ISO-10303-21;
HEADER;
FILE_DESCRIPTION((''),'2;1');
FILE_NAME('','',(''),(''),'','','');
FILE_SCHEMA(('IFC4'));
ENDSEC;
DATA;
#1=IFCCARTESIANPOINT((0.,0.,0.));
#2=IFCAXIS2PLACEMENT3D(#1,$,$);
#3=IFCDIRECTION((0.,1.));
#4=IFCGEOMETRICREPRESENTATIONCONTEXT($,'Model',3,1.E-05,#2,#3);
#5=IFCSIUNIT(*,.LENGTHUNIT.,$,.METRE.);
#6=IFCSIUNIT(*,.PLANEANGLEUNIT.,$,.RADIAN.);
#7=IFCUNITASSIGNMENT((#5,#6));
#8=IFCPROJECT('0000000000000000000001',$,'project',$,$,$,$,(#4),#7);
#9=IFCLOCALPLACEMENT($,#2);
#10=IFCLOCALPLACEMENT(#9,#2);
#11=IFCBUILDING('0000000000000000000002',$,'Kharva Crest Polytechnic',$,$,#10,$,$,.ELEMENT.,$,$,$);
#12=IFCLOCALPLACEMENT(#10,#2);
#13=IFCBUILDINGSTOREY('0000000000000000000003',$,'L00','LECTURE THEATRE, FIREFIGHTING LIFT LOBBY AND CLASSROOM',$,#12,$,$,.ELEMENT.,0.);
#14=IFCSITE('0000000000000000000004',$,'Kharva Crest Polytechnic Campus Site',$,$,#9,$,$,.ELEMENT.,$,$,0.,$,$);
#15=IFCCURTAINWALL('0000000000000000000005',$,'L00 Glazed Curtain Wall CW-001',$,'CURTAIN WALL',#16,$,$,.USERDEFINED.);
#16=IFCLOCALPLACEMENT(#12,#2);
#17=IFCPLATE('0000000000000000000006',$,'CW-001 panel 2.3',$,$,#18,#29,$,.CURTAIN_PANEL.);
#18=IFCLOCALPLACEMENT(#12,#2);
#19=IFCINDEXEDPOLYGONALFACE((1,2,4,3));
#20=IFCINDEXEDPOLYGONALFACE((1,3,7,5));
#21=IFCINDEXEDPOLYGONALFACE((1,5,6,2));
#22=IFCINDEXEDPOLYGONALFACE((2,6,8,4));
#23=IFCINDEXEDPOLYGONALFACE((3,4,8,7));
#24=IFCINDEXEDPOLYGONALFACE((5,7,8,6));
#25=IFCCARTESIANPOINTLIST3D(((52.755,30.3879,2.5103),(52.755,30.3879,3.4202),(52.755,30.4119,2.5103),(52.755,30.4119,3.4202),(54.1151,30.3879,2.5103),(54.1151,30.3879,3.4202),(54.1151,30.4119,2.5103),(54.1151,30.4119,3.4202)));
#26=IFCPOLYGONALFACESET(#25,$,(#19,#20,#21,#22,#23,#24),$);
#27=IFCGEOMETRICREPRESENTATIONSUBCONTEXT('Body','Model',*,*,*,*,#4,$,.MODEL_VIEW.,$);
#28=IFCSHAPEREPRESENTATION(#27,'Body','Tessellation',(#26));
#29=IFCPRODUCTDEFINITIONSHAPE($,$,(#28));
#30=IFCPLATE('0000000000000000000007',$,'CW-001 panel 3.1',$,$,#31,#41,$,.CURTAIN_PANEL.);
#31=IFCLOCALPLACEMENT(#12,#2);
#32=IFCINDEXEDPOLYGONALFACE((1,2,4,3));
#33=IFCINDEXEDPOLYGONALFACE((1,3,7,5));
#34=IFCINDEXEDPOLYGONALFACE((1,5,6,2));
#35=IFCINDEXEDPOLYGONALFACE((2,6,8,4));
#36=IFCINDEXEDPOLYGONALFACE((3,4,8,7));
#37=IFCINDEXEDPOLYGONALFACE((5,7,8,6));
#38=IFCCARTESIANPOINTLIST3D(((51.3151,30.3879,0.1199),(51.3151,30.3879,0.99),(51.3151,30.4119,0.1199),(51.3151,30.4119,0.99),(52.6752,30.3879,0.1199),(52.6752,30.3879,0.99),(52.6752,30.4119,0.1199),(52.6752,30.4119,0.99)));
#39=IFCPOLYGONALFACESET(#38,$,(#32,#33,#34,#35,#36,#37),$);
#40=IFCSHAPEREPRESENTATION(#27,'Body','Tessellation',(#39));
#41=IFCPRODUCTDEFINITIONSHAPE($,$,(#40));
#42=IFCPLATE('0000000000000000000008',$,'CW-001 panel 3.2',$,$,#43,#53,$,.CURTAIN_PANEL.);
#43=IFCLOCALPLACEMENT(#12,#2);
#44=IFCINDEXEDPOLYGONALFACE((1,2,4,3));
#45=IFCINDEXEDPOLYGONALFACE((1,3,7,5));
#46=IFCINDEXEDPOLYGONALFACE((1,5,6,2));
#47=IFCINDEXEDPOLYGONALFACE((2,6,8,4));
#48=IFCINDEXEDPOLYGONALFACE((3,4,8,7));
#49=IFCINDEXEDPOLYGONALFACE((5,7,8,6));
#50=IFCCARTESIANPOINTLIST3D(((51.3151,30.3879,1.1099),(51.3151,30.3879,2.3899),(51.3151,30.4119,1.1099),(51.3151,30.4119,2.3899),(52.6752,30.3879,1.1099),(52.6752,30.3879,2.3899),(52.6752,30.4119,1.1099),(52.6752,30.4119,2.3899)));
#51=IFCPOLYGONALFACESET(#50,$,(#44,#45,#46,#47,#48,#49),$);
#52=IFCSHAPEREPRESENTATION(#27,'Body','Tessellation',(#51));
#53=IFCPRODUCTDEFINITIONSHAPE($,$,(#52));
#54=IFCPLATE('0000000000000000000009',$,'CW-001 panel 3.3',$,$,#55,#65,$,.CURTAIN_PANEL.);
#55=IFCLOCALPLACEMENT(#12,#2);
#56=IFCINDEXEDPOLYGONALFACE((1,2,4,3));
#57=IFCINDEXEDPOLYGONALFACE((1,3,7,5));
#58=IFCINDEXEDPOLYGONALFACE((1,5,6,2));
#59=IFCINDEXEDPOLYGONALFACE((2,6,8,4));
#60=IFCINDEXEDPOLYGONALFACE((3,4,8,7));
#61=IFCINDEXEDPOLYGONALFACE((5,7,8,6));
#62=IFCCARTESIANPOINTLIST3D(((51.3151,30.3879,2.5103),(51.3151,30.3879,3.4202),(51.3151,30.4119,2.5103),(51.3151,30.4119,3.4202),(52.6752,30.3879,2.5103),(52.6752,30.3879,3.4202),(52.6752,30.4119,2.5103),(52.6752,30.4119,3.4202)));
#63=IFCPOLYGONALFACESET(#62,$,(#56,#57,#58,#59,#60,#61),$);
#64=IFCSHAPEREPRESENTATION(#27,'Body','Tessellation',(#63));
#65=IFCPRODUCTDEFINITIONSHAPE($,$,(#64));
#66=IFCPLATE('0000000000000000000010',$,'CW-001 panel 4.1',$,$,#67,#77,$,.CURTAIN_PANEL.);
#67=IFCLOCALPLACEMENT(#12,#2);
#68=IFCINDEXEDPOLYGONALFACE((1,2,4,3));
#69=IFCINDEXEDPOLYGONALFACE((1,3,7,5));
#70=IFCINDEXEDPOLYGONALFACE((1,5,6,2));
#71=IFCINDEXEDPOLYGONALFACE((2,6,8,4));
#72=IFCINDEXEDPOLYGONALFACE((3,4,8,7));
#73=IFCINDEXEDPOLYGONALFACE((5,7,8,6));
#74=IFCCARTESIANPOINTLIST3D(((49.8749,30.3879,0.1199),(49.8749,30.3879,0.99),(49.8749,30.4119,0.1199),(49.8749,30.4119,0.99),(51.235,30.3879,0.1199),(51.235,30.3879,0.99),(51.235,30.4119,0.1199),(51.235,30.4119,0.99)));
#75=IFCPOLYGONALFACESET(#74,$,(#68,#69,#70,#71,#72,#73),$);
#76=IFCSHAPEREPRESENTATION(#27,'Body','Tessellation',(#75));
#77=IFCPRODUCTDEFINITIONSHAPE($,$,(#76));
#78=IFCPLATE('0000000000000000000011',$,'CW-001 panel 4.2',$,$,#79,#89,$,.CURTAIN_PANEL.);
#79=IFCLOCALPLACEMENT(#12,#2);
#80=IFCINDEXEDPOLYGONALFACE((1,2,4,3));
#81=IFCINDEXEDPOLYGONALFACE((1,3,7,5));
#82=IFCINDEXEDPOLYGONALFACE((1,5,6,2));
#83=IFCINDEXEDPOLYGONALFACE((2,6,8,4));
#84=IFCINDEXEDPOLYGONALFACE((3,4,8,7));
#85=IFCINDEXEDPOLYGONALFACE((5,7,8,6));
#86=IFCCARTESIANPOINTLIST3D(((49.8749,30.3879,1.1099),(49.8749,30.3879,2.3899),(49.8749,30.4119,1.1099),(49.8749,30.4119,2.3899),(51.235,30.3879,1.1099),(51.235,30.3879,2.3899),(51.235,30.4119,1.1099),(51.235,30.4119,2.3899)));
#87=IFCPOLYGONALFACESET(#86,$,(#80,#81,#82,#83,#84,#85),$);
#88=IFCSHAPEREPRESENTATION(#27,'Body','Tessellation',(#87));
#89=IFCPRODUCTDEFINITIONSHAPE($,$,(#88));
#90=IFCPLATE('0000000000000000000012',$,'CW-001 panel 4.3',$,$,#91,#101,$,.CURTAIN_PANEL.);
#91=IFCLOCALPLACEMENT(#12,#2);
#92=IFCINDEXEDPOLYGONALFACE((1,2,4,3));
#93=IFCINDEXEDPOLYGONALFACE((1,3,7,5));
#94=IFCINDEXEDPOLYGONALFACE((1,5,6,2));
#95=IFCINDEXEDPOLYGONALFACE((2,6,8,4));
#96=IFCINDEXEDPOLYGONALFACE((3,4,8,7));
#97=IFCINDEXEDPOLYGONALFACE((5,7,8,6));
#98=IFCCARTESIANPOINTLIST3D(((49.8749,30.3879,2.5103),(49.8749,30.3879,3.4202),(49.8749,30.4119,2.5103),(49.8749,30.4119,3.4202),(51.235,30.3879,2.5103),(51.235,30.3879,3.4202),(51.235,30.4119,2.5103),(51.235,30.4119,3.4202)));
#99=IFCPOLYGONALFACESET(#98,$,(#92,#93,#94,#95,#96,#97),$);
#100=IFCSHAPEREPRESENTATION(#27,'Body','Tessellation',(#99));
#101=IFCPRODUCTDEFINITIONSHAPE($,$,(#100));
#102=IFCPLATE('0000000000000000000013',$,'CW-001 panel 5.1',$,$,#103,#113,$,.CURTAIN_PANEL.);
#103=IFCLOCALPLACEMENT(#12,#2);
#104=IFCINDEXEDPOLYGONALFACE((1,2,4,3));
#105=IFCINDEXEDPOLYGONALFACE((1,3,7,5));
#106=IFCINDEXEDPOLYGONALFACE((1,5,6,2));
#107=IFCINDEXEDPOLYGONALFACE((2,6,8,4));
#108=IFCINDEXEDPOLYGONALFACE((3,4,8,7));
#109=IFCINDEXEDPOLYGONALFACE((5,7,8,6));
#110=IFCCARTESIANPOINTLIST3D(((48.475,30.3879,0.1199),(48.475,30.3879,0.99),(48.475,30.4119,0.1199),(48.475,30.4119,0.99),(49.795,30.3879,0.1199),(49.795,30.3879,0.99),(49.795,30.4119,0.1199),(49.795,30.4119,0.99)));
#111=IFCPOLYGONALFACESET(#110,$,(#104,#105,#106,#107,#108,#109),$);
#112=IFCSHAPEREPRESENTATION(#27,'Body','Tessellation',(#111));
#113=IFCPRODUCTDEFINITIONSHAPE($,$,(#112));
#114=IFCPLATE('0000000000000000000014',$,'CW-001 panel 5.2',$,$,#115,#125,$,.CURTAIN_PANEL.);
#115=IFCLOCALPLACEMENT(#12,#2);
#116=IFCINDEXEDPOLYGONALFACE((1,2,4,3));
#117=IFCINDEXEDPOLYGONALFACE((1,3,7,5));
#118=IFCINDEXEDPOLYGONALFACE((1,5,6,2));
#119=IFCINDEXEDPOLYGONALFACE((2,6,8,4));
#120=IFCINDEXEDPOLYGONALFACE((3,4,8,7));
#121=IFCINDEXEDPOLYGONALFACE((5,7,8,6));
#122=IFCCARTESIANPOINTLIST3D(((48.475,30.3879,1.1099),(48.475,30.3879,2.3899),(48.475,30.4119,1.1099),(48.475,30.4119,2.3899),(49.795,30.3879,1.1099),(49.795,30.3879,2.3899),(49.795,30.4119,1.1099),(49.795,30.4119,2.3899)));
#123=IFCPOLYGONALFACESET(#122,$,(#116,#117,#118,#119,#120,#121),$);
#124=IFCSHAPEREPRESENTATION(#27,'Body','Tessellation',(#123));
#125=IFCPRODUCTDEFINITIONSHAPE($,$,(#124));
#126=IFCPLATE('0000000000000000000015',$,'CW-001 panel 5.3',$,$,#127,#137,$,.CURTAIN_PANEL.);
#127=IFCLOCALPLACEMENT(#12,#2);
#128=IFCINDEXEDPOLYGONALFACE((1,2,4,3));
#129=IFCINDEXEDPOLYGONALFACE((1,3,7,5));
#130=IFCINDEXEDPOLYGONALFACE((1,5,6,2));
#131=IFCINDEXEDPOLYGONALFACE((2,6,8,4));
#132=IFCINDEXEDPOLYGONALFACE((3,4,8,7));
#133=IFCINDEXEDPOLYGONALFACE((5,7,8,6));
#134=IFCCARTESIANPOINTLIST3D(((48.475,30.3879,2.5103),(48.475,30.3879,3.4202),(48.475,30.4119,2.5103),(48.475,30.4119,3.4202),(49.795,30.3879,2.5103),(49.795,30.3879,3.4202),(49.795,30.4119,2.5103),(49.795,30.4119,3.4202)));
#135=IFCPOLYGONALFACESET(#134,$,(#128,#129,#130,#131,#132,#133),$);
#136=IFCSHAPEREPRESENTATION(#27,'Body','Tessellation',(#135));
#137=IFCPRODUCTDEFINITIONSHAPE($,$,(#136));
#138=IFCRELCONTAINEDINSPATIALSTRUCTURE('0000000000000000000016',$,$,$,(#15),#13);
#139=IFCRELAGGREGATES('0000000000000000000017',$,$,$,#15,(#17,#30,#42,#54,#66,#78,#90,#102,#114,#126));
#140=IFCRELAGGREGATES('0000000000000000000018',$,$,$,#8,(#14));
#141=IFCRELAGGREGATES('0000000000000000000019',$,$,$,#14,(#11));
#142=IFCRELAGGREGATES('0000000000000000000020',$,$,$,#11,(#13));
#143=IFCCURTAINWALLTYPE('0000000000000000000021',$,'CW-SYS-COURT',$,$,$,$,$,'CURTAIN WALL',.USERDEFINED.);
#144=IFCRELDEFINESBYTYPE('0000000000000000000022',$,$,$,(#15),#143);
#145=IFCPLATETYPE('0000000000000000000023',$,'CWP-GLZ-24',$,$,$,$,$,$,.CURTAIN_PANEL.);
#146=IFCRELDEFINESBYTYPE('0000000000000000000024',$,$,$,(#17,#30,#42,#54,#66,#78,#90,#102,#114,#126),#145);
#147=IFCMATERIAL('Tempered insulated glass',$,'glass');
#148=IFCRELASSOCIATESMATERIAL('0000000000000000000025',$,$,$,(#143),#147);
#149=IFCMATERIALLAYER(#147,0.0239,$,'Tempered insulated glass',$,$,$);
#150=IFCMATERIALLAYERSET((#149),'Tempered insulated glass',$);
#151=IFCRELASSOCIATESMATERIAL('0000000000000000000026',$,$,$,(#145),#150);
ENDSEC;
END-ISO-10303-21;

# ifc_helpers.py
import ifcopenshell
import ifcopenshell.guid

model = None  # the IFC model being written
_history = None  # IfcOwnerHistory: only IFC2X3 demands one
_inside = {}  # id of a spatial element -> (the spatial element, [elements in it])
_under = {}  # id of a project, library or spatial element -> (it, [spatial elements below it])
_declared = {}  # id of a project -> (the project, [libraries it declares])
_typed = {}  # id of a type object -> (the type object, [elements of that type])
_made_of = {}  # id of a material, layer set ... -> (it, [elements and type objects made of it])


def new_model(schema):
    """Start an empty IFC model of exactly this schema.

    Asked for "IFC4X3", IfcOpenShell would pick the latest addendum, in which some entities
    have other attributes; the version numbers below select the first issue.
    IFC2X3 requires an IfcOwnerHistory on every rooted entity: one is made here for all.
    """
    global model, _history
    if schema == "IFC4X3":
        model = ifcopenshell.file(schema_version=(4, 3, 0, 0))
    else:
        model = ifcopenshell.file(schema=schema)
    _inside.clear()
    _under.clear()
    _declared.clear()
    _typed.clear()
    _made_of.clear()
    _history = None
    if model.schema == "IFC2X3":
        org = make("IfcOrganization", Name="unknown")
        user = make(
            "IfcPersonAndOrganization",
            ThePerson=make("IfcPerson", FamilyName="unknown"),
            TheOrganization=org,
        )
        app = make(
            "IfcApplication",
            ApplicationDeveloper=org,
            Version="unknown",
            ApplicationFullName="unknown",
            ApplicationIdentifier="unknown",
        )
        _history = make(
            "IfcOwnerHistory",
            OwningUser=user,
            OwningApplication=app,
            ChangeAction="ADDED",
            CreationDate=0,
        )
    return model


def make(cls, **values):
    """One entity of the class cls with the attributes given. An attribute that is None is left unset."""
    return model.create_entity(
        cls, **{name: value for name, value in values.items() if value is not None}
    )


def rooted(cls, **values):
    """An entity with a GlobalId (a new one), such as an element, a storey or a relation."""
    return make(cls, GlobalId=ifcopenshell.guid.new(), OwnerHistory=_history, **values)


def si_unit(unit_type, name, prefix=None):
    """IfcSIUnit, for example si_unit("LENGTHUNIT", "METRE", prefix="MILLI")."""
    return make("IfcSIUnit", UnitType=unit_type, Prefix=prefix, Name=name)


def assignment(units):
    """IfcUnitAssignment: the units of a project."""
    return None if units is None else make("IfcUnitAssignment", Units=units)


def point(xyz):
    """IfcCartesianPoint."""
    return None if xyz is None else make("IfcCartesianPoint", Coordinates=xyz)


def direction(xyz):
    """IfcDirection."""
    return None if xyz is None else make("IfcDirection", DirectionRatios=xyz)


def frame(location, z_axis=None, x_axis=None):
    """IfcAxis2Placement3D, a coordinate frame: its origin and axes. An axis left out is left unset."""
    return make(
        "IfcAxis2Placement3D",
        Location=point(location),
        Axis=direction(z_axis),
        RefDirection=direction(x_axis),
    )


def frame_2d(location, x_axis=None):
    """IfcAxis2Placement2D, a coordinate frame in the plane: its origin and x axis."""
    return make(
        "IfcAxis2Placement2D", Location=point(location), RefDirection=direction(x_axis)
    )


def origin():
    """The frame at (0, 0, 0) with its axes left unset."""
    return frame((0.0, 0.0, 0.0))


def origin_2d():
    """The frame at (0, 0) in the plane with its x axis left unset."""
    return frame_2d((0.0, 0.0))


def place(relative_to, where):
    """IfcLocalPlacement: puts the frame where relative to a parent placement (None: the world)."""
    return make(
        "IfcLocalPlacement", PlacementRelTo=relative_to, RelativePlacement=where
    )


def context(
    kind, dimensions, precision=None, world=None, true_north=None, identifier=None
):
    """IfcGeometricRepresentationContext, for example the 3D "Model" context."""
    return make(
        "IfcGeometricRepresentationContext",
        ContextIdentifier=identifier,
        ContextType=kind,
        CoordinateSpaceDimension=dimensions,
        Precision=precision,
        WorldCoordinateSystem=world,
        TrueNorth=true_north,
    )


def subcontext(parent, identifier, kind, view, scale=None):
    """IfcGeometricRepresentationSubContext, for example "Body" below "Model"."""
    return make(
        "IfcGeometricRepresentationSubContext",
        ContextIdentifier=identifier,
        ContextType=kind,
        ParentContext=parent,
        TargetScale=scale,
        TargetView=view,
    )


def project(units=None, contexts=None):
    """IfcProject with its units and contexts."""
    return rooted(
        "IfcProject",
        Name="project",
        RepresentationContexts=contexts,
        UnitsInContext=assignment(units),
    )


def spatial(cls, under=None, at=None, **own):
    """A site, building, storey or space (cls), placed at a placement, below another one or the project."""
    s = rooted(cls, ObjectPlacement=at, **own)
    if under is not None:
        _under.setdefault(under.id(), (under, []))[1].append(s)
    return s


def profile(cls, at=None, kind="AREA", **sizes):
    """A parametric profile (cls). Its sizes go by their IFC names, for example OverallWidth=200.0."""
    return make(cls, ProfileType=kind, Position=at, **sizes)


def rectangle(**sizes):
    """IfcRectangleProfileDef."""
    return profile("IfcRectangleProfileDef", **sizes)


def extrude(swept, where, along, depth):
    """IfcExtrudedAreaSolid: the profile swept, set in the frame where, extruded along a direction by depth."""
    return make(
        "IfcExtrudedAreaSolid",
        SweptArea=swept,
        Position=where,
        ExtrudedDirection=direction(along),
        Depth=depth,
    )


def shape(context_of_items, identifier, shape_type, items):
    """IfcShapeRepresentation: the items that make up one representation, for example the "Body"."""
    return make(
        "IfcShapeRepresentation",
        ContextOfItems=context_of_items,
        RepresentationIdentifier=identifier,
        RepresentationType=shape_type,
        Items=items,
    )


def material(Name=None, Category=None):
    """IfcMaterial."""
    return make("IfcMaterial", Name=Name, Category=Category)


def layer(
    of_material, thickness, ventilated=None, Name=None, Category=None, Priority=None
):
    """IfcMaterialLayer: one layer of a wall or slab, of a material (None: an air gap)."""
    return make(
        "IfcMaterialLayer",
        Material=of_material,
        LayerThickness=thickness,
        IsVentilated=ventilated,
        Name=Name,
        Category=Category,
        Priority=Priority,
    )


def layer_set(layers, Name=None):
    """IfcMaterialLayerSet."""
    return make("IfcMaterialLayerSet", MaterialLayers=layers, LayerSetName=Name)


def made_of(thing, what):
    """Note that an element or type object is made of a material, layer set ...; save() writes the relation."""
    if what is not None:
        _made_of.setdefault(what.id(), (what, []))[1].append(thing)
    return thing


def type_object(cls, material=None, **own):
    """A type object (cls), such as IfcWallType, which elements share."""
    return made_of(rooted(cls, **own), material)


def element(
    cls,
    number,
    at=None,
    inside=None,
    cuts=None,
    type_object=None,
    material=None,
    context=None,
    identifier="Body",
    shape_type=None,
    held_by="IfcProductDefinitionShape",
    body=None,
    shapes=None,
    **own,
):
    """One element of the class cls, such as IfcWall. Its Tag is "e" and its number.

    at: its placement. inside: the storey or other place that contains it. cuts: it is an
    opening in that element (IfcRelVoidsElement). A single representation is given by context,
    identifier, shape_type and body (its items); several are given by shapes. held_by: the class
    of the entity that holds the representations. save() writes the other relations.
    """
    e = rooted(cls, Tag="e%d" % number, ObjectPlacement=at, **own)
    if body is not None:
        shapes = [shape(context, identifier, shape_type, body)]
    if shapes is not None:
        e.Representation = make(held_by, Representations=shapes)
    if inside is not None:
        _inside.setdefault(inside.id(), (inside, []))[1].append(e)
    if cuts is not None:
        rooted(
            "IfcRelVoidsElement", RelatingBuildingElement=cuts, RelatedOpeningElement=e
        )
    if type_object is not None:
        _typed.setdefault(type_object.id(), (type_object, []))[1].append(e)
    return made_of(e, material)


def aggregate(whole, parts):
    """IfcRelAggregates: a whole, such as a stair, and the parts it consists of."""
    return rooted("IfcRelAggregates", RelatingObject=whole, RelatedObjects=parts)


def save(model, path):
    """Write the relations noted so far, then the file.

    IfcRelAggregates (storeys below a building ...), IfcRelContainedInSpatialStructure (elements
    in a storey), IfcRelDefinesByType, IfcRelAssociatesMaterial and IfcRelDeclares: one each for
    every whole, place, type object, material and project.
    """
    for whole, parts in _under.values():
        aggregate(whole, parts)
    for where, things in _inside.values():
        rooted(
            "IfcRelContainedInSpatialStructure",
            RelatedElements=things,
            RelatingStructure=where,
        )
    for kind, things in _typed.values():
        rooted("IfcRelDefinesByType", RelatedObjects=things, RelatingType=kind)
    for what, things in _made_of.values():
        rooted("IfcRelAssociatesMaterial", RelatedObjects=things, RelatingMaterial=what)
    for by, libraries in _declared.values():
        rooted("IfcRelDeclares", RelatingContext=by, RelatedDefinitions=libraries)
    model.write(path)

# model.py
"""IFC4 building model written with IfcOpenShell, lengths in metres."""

from ifc_helpers import new_model, si_unit, direction, frame, origin, origin_2d, place, context, subcontext, project, spatial, rectangle, extrude, material, layer, layer_set, type_object, element, aggregate, save


model = new_model("IFC4")

# Units and contexts
model_context = context("Model", 3, precision=1e-05, world=origin(), true_north=direction((0.0, 1.0)))
body_context = subcontext(model_context, "Body", "Model", "MODEL_VIEW")
ifc_project = project(units=[si_unit("LENGTHUNIT", "METRE"), si_unit("PLANEANGLEUNIT", "RADIAN")], contexts=[model_context])

# Site, building, storey
site_placement = place(None, origin())
site = spatial("IfcSite", under=ifc_project, at=site_placement, Name="Kharva Crest Polytechnic Campus Site", CompositionType="ELEMENT", RefElevation=0.0)
building_placement = place(site_placement, origin())
building = spatial("IfcBuilding", under=site, at=building_placement, Name="Kharva Crest Polytechnic", CompositionType="ELEMENT")
storey_placement = place(building_placement, origin())
storey = spatial("IfcBuildingStorey", under=building, at=storey_placement, Name="L00", Description="LECTURE THEATRE, FIREFIGHTING LIFT LOBBY AND CLASSROOM", CompositionType="ELEMENT", Elevation=0.0)

# Curtain wall, plates
ifc_material_1 = material(Name="Tempered insulated glass", Category="glass")
curtain_wall_type = type_object("IfcCurtainWallType", Name="CW-SYS-COURT", ElementType="CURTAIN WALL", PredefinedType="USERDEFINED", material=ifc_material_1)
curtain_wall_placement = place(storey_placement, origin())
curtain_wall = element("IfcCurtainWall", 1, at=curtain_wall_placement, inside=storey, type_object=curtain_wall_type, Name="L00 Glazed Curtain Wall CW-001", ObjectType="CURTAIN WALL", PredefinedType="USERDEFINED")
ifc_layer = layer(ifc_material_1, 0.0239, Name="Tempered insulated glass")
ifc_layer_set = layer_set([ifc_layer], Name="Tempered insulated glass")
plate_type = type_object("IfcPlateType", Name="CWP-GLZ-24", PredefinedType="CURTAIN_PANEL", material=ifc_layer_set)
plate_1_placement = place(storey_placement, frame((53.4351, 30.3999, 2.5103), z_axis=(0.0, 0.0, 1.0), x_axis=(-1.0, 0.0, 0.0)))
plate_1 = element("IfcPlate", 2, at=plate_1_placement, type_object=plate_type, Name="CW-001 panel 2.3", PredefinedType="CURTAIN_PANEL", context=body_context, shape_type="SweptSolid", body=[
    extrude(rectangle(XDim=1.3601, YDim=0.0239, at=origin_2d()), origin(), (0.0, 0.0, 1.0), 0.9099),
])
plate_2_placement = place(storey_placement, frame((51.9951, 30.3999, 0.1199), z_axis=(0.0, 0.0, 1.0), x_axis=(-1.0, 0.0, 0.0)))
plate_2 = element("IfcPlate", 3, at=plate_2_placement, type_object=plate_type, Name="CW-001 panel 3.1", PredefinedType="CURTAIN_PANEL", context=body_context, shape_type="SweptSolid", body=[
    extrude(rectangle(XDim=1.3601, YDim=0.0239, at=origin_2d()), origin(), (0.0, 0.0, 1.0), 0.8701),
])
plate_3_placement = place(storey_placement, frame((51.9951, 30.3999, 1.1099), z_axis=(0.0, 0.0, 1.0), x_axis=(-1.0, 0.0, 0.0)))
plate_3 = element("IfcPlate", 4, at=plate_3_placement, type_object=plate_type, Name="CW-001 panel 3.2", PredefinedType="CURTAIN_PANEL", context=body_context, shape_type="SweptSolid", body=[
    extrude(rectangle(XDim=1.3601, YDim=0.0239, at=origin_2d()), origin(), (0.0, 0.0, 1.0), 1.28),
])
plate_4_placement = place(storey_placement, frame((51.9951, 30.3999, 2.5103), z_axis=(0.0, 0.0, 1.0), x_axis=(-1.0, 0.0, 0.0)))
plate_4 = element("IfcPlate", 5, at=plate_4_placement, type_object=plate_type, Name="CW-001 panel 3.3", PredefinedType="CURTAIN_PANEL", context=body_context, shape_type="SweptSolid", body=[
    extrude(rectangle(XDim=1.3601, YDim=0.0239, at=origin_2d()), origin(), (0.0, 0.0, 1.0), 0.9099),
])
plate_5_placement = place(storey_placement, frame((50.5549, 30.3999, 0.1199), z_axis=(0.0, 0.0, 1.0), x_axis=(-1.0, 0.0, 0.0)))
plate_5 = element("IfcPlate", 6, at=plate_5_placement, type_object=plate_type, Name="CW-001 panel 4.1", PredefinedType="CURTAIN_PANEL", context=body_context, shape_type="SweptSolid", body=[
    extrude(rectangle(XDim=1.3601, YDim=0.0239, at=origin_2d()), origin(), (0.0, 0.0, 1.0), 0.8701),
])
plate_6_placement = place(storey_placement, frame((50.5549, 30.3999, 1.1099), z_axis=(0.0, 0.0, 1.0), x_axis=(-1.0, 0.0, 0.0)))
plate_6 = element("IfcPlate", 7, at=plate_6_placement, type_object=plate_type, Name="CW-001 panel 4.2", PredefinedType="CURTAIN_PANEL", context=body_context, shape_type="SweptSolid", body=[
    extrude(rectangle(XDim=1.3601, YDim=0.0239, at=origin_2d()), origin(), (0.0, 0.0, 1.0), 1.28),
])
plate_7_placement = place(storey_placement, frame((50.5549, 30.3999, 2.5103), z_axis=(0.0, 0.0, 1.0), x_axis=(-1.0, 0.0, 0.0)))
plate_7 = element("IfcPlate", 8, at=plate_7_placement, type_object=plate_type, Name="CW-001 panel 4.3", PredefinedType="CURTAIN_PANEL", context=body_context, shape_type="SweptSolid", body=[
    extrude(rectangle(XDim=1.3601, YDim=0.0239, at=origin_2d()), origin(), (0.0, 0.0, 1.0), 0.9099),
])
plate_8_placement = place(storey_placement, frame((49.135, 30.3999, 0.1199), z_axis=(0.0, 0.0, 1.0), x_axis=(-1.0, 0.0, 0.0)))
plate_8 = element("IfcPlate", 9, at=plate_8_placement, type_object=plate_type, Name="CW-001 panel 5.1", PredefinedType="CURTAIN_PANEL", context=body_context, shape_type="SweptSolid", body=[
    extrude(rectangle(XDim=1.3201, YDim=0.0239, at=origin_2d()), origin(), (0.0, 0.0, 1.0), 0.8701),
])
plate_9_placement = place(storey_placement, frame((49.135, 30.3999, 1.1099), z_axis=(0.0, 0.0, 1.0), x_axis=(-1.0, 0.0, 0.0)))
plate_9 = element("IfcPlate", 10, at=plate_9_placement, type_object=plate_type, Name="CW-001 panel 5.2", PredefinedType="CURTAIN_PANEL", context=body_context, shape_type="SweptSolid", body=[
    extrude(rectangle(XDim=1.3201, YDim=0.0239, at=origin_2d()), origin(), (0.0, 0.0, 1.0), 1.28),
])
plate_10_placement = place(storey_placement, frame((49.135, 30.3999, 2.5103), z_axis=(0.0, 0.0, 1.0), x_axis=(-1.0, 0.0, 0.0)))
plate_10 = element("IfcPlate", 11, at=plate_10_placement, type_object=plate_type, Name="CW-001 panel 5.3", PredefinedType="CURTAIN_PANEL", context=body_context, shape_type="SweptSolid", body=[
    extrude(rectangle(XDim=1.3201, YDim=0.0239, at=origin_2d()), origin(), (0.0, 0.0, 1.0), 0.9099),
])
aggregate(curtain_wall, [plate_1, plate_2, plate_3, plate_4, plate_5, plate_6, plate_7, plate_8, plate_9, plate_10])

save(model, "model.ifc")
